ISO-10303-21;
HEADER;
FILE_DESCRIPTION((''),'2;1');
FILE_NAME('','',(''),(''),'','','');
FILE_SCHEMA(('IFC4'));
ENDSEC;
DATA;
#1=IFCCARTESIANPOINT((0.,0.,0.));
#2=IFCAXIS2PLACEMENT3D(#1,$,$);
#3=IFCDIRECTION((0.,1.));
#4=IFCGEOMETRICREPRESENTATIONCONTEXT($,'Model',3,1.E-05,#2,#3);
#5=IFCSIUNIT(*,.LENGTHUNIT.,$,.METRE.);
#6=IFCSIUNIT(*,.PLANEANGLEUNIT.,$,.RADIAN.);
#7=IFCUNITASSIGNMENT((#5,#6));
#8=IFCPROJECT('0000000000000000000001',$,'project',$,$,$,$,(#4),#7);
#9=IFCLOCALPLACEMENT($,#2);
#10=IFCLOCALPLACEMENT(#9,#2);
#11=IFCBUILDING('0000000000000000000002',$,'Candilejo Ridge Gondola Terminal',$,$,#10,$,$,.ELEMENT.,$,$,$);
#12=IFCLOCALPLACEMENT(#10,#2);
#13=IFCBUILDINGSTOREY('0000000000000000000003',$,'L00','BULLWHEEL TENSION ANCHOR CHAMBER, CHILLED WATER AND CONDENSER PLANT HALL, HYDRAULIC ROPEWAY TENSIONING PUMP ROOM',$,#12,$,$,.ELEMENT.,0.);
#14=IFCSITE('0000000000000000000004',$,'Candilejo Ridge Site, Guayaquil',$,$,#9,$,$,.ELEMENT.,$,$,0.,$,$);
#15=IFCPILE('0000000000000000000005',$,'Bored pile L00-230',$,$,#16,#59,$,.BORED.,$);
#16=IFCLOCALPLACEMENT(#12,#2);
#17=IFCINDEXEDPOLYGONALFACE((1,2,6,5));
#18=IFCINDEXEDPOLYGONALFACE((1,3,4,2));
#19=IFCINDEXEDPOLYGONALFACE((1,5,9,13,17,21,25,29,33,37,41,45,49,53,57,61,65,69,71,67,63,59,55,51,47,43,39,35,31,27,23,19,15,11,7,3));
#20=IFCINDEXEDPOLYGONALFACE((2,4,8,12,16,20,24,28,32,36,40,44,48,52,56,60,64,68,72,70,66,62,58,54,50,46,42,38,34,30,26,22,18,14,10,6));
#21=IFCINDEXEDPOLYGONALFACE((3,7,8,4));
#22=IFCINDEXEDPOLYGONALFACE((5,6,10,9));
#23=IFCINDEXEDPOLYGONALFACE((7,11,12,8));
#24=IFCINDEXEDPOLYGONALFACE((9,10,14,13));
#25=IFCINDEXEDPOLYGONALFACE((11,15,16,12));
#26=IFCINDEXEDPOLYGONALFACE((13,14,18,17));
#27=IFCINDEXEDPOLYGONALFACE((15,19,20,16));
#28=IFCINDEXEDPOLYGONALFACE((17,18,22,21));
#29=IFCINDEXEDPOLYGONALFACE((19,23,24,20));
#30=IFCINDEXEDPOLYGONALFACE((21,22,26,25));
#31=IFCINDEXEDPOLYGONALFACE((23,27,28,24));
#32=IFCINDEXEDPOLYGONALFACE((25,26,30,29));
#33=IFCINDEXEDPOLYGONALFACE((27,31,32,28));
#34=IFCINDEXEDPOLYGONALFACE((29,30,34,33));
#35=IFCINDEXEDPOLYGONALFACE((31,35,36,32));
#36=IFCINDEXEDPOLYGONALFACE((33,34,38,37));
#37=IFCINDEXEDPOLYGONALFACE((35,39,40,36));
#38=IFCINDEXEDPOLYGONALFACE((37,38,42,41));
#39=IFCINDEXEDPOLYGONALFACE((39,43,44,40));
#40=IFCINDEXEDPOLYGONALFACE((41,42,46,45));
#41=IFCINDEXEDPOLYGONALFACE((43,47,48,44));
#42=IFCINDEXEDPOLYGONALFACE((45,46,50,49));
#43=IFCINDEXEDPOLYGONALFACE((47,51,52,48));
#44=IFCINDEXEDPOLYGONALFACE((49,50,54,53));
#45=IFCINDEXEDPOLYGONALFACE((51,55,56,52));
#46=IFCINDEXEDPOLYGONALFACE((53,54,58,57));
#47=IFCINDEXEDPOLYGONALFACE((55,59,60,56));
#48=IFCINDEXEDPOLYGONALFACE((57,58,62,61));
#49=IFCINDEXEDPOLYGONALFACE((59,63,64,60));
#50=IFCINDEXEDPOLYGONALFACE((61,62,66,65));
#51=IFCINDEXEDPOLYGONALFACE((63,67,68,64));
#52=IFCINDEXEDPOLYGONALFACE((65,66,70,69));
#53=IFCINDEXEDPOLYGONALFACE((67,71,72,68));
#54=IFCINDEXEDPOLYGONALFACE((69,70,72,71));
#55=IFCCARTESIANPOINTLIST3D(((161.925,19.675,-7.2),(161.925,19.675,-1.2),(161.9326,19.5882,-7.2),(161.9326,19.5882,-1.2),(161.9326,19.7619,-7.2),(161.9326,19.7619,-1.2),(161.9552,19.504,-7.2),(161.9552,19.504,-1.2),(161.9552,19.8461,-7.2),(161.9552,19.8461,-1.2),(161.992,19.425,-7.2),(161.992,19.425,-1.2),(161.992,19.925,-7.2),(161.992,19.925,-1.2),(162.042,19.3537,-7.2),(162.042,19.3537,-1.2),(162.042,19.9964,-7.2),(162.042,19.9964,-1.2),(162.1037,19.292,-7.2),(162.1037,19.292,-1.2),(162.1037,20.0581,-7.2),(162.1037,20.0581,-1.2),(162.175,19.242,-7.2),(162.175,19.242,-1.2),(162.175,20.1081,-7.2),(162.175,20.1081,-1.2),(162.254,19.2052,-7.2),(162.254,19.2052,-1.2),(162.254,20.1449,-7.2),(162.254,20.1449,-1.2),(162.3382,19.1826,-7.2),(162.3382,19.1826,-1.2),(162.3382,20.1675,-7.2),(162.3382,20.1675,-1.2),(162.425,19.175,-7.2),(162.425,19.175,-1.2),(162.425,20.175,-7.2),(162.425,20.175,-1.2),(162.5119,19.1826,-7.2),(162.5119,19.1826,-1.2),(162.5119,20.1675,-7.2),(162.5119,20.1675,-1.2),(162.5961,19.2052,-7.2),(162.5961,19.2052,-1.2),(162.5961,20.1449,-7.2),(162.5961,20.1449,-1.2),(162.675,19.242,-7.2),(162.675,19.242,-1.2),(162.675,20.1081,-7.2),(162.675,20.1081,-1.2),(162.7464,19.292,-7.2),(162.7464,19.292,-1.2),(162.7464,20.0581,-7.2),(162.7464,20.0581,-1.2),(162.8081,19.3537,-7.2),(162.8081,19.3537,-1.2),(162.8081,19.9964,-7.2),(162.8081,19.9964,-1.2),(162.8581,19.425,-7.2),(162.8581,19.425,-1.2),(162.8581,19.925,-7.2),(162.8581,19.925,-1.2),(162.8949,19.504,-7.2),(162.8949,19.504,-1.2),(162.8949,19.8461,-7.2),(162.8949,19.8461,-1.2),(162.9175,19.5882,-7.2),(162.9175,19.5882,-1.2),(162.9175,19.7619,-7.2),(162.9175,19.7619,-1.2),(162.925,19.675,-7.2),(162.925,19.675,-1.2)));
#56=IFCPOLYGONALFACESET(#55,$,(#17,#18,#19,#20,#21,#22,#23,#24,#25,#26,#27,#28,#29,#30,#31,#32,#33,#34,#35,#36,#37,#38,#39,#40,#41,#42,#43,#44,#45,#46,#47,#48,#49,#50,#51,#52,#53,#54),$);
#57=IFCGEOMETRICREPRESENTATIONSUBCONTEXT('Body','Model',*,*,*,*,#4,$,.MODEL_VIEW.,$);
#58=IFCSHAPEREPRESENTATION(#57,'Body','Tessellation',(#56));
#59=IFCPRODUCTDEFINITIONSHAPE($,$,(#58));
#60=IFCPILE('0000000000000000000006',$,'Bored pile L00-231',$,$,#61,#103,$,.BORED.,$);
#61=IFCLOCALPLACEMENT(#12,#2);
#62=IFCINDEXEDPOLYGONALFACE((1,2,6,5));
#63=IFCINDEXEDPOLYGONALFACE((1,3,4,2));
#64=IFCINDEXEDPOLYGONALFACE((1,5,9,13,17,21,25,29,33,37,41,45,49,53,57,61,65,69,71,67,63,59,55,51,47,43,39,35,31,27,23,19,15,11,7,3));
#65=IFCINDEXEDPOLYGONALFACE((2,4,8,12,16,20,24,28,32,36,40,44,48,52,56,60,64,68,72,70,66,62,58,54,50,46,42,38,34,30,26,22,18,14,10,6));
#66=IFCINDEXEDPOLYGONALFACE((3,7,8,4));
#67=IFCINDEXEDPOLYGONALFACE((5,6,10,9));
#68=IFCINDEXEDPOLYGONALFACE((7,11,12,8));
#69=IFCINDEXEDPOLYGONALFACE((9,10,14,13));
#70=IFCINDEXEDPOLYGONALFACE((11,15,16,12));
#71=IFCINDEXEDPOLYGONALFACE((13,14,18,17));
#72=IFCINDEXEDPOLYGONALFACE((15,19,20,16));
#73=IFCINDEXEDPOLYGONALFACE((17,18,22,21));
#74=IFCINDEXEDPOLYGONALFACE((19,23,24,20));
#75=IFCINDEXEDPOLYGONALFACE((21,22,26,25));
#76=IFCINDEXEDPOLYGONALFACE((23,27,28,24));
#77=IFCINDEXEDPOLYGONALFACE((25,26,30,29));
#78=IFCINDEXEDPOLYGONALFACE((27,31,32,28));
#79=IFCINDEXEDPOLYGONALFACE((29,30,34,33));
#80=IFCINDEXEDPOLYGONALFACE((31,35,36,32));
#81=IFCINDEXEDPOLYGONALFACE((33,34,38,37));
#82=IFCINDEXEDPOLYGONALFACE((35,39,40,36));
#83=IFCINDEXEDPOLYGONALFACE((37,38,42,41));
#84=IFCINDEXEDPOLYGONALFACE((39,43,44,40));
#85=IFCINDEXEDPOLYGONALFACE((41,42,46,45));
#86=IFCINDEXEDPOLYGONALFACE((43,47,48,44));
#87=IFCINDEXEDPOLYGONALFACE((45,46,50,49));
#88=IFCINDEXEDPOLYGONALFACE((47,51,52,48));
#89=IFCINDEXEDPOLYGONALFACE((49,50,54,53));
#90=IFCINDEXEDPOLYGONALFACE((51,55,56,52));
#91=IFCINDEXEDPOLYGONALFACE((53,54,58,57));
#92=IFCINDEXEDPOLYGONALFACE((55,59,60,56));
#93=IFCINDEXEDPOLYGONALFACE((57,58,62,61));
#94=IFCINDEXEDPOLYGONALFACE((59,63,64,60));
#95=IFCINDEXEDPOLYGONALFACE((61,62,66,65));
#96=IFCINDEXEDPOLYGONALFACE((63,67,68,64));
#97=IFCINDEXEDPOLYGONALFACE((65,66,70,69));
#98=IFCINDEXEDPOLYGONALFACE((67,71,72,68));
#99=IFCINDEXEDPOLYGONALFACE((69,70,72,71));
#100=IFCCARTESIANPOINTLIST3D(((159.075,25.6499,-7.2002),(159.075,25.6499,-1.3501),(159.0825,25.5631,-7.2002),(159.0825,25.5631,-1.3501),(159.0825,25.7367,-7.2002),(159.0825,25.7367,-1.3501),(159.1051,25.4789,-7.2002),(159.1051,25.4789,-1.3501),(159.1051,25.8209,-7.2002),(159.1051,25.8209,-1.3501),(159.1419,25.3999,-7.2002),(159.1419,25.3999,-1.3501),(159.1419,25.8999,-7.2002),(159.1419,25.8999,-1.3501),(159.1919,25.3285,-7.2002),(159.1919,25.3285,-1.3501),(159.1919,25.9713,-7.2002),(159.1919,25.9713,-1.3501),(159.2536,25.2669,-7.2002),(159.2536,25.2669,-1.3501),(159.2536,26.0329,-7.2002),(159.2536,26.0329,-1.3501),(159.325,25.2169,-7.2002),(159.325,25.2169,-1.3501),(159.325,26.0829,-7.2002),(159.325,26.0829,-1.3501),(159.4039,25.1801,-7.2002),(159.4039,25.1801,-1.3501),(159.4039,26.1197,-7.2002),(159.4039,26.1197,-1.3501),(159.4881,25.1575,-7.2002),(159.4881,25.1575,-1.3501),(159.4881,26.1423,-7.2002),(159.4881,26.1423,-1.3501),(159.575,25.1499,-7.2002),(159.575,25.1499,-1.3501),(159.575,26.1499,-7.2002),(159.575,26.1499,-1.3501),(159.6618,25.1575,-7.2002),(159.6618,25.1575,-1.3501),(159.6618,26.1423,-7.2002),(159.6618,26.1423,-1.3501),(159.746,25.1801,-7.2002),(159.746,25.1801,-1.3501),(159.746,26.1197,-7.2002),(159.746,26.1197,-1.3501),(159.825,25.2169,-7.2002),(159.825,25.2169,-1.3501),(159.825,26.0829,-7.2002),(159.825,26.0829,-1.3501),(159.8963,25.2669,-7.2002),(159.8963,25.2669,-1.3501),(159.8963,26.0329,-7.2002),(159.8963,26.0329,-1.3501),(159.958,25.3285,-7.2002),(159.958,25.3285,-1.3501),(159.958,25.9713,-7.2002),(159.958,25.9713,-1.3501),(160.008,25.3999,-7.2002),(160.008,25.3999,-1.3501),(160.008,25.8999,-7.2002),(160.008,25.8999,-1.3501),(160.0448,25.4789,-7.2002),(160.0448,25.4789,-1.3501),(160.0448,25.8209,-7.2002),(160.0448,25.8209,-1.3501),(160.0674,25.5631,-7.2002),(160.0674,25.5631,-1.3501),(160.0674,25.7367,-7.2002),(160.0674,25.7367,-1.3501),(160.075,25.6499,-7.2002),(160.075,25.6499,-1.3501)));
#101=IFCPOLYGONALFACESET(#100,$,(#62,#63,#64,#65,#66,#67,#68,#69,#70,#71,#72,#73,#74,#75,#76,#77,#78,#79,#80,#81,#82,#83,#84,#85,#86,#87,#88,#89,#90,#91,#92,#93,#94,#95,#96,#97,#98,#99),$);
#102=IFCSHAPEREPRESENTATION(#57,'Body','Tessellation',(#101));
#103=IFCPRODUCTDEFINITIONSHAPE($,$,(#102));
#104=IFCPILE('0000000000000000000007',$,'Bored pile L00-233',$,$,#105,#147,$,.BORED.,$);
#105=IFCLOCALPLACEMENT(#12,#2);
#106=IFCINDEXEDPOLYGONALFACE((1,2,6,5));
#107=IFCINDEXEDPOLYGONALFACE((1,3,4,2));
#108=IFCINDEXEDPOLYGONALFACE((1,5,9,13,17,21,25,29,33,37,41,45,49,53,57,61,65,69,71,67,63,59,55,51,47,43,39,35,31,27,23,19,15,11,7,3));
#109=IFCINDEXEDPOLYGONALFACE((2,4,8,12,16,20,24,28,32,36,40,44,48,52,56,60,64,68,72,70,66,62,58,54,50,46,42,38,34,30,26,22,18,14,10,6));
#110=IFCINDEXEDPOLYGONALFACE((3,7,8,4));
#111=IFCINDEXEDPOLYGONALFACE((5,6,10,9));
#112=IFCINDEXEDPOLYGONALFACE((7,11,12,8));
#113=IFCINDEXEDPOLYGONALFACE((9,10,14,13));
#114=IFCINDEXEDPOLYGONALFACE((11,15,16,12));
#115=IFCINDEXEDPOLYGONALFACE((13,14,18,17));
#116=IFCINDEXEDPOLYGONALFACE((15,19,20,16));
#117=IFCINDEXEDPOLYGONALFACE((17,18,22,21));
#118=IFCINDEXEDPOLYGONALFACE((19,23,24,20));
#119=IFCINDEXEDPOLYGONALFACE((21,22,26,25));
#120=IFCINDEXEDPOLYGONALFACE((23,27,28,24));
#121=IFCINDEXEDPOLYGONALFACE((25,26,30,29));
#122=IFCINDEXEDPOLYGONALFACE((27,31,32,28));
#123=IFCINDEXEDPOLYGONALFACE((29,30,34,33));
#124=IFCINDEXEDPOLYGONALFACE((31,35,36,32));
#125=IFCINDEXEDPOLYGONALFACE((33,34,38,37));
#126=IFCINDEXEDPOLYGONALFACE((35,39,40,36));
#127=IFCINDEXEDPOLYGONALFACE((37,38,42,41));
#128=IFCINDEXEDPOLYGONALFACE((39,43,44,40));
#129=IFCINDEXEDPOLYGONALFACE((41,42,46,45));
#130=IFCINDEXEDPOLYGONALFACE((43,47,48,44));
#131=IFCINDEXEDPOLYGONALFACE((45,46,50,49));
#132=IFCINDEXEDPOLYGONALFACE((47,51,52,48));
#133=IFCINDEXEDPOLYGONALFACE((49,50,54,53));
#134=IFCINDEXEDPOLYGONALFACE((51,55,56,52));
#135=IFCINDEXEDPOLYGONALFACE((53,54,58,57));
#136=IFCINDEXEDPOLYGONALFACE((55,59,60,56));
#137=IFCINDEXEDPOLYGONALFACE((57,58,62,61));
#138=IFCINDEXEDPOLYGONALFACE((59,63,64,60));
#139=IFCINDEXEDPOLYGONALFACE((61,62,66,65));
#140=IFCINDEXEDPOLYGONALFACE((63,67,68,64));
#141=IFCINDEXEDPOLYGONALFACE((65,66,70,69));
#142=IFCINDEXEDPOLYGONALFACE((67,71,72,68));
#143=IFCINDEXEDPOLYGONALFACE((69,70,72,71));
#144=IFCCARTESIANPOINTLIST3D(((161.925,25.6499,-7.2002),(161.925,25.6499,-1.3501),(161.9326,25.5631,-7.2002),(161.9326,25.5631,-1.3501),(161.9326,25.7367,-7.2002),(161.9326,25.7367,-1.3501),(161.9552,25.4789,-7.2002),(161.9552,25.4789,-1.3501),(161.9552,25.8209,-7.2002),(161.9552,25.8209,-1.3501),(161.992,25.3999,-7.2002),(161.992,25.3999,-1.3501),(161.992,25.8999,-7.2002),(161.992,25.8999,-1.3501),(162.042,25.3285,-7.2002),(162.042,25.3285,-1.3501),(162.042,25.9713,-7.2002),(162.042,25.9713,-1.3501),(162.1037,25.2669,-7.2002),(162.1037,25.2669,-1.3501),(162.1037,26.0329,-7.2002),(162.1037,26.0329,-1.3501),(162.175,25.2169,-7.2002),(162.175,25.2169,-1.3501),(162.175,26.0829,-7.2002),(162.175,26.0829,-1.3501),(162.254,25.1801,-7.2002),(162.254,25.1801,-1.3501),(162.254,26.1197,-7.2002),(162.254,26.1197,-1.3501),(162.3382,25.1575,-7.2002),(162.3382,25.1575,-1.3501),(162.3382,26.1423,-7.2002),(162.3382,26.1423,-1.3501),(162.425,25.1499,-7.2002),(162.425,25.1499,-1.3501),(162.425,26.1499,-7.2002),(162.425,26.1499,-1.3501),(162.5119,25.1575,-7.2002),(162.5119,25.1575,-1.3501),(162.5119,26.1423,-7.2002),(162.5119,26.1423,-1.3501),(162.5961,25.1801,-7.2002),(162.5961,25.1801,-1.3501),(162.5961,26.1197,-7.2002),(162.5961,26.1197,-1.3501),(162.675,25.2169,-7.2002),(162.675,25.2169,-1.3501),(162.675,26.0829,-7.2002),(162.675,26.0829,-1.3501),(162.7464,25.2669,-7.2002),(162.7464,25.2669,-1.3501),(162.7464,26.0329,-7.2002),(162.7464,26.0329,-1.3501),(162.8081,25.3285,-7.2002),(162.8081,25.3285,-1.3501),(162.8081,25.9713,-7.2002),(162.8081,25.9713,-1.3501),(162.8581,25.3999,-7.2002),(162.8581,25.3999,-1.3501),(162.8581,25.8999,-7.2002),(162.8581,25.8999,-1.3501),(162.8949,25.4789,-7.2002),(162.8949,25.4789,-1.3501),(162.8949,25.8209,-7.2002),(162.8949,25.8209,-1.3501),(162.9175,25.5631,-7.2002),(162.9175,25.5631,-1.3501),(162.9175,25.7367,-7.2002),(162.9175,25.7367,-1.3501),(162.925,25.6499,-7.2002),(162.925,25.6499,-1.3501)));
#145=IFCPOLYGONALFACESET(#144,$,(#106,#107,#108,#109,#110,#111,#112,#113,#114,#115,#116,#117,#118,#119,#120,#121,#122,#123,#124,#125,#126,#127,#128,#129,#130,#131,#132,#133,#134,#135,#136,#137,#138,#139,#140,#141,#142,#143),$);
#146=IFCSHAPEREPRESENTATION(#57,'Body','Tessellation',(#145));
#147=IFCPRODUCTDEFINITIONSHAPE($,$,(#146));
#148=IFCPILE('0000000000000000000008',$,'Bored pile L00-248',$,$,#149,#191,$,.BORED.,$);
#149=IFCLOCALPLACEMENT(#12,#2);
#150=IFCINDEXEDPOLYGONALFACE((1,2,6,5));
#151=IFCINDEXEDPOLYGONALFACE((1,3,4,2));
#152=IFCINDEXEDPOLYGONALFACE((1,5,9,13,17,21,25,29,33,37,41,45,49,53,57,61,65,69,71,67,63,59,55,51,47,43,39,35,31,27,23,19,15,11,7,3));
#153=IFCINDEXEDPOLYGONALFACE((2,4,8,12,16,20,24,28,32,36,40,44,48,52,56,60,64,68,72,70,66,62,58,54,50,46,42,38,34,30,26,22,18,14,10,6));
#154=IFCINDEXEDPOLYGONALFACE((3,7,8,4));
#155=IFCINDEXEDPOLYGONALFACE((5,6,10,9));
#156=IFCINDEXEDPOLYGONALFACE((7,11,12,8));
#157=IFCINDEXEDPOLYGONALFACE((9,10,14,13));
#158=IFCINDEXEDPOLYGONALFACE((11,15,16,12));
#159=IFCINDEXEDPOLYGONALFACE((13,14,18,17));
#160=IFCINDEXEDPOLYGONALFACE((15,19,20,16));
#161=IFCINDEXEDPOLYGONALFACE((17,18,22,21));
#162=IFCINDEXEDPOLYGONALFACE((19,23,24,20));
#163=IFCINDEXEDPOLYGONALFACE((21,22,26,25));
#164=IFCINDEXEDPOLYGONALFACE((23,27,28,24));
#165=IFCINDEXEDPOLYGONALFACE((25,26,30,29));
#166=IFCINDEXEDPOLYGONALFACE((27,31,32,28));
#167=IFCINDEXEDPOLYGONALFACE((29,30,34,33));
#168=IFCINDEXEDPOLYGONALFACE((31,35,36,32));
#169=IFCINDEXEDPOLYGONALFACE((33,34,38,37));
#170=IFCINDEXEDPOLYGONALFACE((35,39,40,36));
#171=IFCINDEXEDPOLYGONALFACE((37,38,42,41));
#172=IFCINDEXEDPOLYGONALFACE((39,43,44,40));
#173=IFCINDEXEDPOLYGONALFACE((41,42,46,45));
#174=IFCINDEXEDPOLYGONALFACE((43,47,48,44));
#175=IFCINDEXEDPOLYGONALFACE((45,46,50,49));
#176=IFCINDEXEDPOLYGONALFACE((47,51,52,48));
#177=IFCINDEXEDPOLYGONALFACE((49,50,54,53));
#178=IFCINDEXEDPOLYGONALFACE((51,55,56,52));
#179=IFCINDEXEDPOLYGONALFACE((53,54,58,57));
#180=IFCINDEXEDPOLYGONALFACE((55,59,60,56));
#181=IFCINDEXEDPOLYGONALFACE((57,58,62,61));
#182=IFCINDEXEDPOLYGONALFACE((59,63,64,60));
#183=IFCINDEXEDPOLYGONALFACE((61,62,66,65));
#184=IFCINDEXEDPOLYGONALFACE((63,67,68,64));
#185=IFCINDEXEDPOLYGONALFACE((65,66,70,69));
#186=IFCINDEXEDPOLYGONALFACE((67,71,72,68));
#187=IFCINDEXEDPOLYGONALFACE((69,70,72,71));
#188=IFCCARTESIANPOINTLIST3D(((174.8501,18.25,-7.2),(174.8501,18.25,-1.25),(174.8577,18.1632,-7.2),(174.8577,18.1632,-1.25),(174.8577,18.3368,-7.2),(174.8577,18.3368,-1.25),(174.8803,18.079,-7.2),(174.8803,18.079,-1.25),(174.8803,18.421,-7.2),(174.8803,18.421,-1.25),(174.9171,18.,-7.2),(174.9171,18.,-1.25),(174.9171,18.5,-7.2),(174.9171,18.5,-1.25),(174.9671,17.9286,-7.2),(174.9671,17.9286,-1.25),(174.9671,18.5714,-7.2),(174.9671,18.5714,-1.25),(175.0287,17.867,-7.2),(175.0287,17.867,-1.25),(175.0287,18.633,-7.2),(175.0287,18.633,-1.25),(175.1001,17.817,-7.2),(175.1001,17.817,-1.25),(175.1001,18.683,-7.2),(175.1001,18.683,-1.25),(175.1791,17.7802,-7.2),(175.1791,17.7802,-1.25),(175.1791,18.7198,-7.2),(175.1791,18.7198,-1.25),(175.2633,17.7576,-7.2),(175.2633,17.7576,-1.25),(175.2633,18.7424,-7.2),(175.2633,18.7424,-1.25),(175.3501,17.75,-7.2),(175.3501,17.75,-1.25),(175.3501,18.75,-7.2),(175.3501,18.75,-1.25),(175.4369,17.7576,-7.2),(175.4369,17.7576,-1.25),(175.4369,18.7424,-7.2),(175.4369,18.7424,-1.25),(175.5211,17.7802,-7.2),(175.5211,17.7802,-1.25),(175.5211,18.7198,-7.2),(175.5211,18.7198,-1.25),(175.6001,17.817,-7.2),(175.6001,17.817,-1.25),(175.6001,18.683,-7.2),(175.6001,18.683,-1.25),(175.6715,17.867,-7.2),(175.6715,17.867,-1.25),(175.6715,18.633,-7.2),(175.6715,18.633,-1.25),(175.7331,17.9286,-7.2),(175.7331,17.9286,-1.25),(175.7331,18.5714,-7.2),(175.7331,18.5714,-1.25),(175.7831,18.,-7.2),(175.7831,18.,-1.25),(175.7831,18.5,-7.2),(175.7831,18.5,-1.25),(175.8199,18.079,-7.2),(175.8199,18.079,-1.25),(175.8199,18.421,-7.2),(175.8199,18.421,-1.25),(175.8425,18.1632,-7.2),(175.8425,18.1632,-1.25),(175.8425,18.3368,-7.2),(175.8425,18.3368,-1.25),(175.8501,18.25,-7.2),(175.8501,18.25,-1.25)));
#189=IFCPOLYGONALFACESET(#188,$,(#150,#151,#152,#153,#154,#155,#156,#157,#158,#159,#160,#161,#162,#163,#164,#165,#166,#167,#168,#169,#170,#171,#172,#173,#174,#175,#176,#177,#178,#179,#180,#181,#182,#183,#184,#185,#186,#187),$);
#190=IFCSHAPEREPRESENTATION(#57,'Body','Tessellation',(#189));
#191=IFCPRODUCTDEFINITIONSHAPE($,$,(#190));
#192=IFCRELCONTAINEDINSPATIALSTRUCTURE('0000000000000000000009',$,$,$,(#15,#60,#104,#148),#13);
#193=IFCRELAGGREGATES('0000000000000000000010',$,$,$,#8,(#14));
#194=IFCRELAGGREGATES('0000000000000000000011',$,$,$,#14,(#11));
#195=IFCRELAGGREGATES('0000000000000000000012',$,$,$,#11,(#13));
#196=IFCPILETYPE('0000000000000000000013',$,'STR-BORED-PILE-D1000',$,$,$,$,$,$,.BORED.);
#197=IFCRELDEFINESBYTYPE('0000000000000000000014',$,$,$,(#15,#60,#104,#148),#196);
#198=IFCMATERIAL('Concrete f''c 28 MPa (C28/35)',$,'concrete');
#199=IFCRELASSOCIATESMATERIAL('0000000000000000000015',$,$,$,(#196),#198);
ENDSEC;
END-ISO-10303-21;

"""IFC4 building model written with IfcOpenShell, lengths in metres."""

from ifc_helpers import new_model, si_unit, direction, frame, origin, origin_2d, place, context, subcontext, project, spatial, circle, extrude, material, material_profile, profile_set, type_object, element, save


model = new_model("IFC4")

# Units and contexts
model_context = context("Model", 3, precision=1e-05, world=origin(), true_north=direction((0.0, 1.0)))
body_context = subcontext(model_context, "Body", "Model", "MODEL_VIEW")
ifc_project = project(units=[si_unit("LENGTHUNIT", "METRE"), si_unit("PLANEANGLEUNIT", "RADIAN")], contexts=[model_context])

# Site, building, storey
site_placement = place(None, origin())
site = spatial("IfcSite", under=ifc_project, at=site_placement, Name="Candilejo Ridge Site, Guayaquil", CompositionType="ELEMENT", RefElevation=0.0)
building_placement = place(site_placement, origin())
building = spatial("IfcBuilding", under=site, at=building_placement, Name="Candilejo Ridge Gondola Terminal", CompositionType="ELEMENT")
storey_placement = place(building_placement, origin())
storey = spatial("IfcBuildingStorey", under=building, at=storey_placement, Name="L00", Description="BULLWHEEL TENSION ANCHOR CHAMBER, CHILLED WATER AND CONDENSER PLANT HALL, HYDRAULIC ROPEWAY TENSIONING PUMP ROOM", CompositionType="ELEMENT", Elevation=0.0)

# Piles
ifc_material_1 = material(Name="Concrete f'c 28 MPa (C28/35)", Category="concrete")
ifc_material_profile_1 = material_profile(ifc_material_1, circle(Radius=0.5, at=origin_2d()))
ifc_profile_set_1 = profile_set([ifc_material_profile_1], Name="Concrete f'c 28 MPa (C28/35)")
pile_type = type_object("IfcPileType", Name="STR-BORED-PILE-D1000", PredefinedType="BORED", material=ifc_profile_set_1)
pile_1_placement = place(storey_placement, frame((162.425, 19.675, -1.2), z_axis=(0.0, 0.0, -1.0), x_axis=(1.0, 0.0, 0.0)))
element("IfcPile", 1, at=pile_1_placement, inside=storey, type_object=pile_type, Name="Bored pile L00-230", PredefinedType="BORED", context=body_context, shape_type="SweptSolid", body=[
    extrude(circle(Radius=0.5, at=origin_2d()), origin(), (0.0, 0.0, 1.0), 6.0),
])
for number, where, z_axis, x_axis, name in (
    (2, (159.575, 25.6499, -1.3501), (0.0, 0.0, -1.0), (1.0, 0.0, 0.0), "Bored pile L00-231"),
    (3, (162.425, 25.6499, -1.3501), (0.0, 0.0, -1.0), (1.0, 0.0, 0.0), "Bored pile L00-233"),
):
    element("IfcPile", number, at=place(storey_placement, frame(where, z_axis=z_axis, x_axis=x_axis)), inside=storey, type_object=pile_type, Name=name, PredefinedType="BORED", context=body_context, shape_type="SweptSolid", body=[
        extrude(circle(Radius=0.5, at=origin_2d()), origin(), (0.0, 0.0, 1.0), 5.8501),
    ])
pile_2_placement = place(storey_placement, frame((175.3501, 18.25, -1.25), z_axis=(0.0, 0.0, -1.0), x_axis=(1.0, 0.0, 0.0)))
element("IfcPile", 4, at=pile_2_placement, inside=storey, type_object=pile_type, Name="Bored pile L00-248", PredefinedType="BORED", context=body_context, shape_type="SweptSolid", body=[
    extrude(circle(Radius=0.5, at=origin_2d()), origin(), (0.0, 0.0, 1.0), 5.95),
])

save(model, "model.ifc")
